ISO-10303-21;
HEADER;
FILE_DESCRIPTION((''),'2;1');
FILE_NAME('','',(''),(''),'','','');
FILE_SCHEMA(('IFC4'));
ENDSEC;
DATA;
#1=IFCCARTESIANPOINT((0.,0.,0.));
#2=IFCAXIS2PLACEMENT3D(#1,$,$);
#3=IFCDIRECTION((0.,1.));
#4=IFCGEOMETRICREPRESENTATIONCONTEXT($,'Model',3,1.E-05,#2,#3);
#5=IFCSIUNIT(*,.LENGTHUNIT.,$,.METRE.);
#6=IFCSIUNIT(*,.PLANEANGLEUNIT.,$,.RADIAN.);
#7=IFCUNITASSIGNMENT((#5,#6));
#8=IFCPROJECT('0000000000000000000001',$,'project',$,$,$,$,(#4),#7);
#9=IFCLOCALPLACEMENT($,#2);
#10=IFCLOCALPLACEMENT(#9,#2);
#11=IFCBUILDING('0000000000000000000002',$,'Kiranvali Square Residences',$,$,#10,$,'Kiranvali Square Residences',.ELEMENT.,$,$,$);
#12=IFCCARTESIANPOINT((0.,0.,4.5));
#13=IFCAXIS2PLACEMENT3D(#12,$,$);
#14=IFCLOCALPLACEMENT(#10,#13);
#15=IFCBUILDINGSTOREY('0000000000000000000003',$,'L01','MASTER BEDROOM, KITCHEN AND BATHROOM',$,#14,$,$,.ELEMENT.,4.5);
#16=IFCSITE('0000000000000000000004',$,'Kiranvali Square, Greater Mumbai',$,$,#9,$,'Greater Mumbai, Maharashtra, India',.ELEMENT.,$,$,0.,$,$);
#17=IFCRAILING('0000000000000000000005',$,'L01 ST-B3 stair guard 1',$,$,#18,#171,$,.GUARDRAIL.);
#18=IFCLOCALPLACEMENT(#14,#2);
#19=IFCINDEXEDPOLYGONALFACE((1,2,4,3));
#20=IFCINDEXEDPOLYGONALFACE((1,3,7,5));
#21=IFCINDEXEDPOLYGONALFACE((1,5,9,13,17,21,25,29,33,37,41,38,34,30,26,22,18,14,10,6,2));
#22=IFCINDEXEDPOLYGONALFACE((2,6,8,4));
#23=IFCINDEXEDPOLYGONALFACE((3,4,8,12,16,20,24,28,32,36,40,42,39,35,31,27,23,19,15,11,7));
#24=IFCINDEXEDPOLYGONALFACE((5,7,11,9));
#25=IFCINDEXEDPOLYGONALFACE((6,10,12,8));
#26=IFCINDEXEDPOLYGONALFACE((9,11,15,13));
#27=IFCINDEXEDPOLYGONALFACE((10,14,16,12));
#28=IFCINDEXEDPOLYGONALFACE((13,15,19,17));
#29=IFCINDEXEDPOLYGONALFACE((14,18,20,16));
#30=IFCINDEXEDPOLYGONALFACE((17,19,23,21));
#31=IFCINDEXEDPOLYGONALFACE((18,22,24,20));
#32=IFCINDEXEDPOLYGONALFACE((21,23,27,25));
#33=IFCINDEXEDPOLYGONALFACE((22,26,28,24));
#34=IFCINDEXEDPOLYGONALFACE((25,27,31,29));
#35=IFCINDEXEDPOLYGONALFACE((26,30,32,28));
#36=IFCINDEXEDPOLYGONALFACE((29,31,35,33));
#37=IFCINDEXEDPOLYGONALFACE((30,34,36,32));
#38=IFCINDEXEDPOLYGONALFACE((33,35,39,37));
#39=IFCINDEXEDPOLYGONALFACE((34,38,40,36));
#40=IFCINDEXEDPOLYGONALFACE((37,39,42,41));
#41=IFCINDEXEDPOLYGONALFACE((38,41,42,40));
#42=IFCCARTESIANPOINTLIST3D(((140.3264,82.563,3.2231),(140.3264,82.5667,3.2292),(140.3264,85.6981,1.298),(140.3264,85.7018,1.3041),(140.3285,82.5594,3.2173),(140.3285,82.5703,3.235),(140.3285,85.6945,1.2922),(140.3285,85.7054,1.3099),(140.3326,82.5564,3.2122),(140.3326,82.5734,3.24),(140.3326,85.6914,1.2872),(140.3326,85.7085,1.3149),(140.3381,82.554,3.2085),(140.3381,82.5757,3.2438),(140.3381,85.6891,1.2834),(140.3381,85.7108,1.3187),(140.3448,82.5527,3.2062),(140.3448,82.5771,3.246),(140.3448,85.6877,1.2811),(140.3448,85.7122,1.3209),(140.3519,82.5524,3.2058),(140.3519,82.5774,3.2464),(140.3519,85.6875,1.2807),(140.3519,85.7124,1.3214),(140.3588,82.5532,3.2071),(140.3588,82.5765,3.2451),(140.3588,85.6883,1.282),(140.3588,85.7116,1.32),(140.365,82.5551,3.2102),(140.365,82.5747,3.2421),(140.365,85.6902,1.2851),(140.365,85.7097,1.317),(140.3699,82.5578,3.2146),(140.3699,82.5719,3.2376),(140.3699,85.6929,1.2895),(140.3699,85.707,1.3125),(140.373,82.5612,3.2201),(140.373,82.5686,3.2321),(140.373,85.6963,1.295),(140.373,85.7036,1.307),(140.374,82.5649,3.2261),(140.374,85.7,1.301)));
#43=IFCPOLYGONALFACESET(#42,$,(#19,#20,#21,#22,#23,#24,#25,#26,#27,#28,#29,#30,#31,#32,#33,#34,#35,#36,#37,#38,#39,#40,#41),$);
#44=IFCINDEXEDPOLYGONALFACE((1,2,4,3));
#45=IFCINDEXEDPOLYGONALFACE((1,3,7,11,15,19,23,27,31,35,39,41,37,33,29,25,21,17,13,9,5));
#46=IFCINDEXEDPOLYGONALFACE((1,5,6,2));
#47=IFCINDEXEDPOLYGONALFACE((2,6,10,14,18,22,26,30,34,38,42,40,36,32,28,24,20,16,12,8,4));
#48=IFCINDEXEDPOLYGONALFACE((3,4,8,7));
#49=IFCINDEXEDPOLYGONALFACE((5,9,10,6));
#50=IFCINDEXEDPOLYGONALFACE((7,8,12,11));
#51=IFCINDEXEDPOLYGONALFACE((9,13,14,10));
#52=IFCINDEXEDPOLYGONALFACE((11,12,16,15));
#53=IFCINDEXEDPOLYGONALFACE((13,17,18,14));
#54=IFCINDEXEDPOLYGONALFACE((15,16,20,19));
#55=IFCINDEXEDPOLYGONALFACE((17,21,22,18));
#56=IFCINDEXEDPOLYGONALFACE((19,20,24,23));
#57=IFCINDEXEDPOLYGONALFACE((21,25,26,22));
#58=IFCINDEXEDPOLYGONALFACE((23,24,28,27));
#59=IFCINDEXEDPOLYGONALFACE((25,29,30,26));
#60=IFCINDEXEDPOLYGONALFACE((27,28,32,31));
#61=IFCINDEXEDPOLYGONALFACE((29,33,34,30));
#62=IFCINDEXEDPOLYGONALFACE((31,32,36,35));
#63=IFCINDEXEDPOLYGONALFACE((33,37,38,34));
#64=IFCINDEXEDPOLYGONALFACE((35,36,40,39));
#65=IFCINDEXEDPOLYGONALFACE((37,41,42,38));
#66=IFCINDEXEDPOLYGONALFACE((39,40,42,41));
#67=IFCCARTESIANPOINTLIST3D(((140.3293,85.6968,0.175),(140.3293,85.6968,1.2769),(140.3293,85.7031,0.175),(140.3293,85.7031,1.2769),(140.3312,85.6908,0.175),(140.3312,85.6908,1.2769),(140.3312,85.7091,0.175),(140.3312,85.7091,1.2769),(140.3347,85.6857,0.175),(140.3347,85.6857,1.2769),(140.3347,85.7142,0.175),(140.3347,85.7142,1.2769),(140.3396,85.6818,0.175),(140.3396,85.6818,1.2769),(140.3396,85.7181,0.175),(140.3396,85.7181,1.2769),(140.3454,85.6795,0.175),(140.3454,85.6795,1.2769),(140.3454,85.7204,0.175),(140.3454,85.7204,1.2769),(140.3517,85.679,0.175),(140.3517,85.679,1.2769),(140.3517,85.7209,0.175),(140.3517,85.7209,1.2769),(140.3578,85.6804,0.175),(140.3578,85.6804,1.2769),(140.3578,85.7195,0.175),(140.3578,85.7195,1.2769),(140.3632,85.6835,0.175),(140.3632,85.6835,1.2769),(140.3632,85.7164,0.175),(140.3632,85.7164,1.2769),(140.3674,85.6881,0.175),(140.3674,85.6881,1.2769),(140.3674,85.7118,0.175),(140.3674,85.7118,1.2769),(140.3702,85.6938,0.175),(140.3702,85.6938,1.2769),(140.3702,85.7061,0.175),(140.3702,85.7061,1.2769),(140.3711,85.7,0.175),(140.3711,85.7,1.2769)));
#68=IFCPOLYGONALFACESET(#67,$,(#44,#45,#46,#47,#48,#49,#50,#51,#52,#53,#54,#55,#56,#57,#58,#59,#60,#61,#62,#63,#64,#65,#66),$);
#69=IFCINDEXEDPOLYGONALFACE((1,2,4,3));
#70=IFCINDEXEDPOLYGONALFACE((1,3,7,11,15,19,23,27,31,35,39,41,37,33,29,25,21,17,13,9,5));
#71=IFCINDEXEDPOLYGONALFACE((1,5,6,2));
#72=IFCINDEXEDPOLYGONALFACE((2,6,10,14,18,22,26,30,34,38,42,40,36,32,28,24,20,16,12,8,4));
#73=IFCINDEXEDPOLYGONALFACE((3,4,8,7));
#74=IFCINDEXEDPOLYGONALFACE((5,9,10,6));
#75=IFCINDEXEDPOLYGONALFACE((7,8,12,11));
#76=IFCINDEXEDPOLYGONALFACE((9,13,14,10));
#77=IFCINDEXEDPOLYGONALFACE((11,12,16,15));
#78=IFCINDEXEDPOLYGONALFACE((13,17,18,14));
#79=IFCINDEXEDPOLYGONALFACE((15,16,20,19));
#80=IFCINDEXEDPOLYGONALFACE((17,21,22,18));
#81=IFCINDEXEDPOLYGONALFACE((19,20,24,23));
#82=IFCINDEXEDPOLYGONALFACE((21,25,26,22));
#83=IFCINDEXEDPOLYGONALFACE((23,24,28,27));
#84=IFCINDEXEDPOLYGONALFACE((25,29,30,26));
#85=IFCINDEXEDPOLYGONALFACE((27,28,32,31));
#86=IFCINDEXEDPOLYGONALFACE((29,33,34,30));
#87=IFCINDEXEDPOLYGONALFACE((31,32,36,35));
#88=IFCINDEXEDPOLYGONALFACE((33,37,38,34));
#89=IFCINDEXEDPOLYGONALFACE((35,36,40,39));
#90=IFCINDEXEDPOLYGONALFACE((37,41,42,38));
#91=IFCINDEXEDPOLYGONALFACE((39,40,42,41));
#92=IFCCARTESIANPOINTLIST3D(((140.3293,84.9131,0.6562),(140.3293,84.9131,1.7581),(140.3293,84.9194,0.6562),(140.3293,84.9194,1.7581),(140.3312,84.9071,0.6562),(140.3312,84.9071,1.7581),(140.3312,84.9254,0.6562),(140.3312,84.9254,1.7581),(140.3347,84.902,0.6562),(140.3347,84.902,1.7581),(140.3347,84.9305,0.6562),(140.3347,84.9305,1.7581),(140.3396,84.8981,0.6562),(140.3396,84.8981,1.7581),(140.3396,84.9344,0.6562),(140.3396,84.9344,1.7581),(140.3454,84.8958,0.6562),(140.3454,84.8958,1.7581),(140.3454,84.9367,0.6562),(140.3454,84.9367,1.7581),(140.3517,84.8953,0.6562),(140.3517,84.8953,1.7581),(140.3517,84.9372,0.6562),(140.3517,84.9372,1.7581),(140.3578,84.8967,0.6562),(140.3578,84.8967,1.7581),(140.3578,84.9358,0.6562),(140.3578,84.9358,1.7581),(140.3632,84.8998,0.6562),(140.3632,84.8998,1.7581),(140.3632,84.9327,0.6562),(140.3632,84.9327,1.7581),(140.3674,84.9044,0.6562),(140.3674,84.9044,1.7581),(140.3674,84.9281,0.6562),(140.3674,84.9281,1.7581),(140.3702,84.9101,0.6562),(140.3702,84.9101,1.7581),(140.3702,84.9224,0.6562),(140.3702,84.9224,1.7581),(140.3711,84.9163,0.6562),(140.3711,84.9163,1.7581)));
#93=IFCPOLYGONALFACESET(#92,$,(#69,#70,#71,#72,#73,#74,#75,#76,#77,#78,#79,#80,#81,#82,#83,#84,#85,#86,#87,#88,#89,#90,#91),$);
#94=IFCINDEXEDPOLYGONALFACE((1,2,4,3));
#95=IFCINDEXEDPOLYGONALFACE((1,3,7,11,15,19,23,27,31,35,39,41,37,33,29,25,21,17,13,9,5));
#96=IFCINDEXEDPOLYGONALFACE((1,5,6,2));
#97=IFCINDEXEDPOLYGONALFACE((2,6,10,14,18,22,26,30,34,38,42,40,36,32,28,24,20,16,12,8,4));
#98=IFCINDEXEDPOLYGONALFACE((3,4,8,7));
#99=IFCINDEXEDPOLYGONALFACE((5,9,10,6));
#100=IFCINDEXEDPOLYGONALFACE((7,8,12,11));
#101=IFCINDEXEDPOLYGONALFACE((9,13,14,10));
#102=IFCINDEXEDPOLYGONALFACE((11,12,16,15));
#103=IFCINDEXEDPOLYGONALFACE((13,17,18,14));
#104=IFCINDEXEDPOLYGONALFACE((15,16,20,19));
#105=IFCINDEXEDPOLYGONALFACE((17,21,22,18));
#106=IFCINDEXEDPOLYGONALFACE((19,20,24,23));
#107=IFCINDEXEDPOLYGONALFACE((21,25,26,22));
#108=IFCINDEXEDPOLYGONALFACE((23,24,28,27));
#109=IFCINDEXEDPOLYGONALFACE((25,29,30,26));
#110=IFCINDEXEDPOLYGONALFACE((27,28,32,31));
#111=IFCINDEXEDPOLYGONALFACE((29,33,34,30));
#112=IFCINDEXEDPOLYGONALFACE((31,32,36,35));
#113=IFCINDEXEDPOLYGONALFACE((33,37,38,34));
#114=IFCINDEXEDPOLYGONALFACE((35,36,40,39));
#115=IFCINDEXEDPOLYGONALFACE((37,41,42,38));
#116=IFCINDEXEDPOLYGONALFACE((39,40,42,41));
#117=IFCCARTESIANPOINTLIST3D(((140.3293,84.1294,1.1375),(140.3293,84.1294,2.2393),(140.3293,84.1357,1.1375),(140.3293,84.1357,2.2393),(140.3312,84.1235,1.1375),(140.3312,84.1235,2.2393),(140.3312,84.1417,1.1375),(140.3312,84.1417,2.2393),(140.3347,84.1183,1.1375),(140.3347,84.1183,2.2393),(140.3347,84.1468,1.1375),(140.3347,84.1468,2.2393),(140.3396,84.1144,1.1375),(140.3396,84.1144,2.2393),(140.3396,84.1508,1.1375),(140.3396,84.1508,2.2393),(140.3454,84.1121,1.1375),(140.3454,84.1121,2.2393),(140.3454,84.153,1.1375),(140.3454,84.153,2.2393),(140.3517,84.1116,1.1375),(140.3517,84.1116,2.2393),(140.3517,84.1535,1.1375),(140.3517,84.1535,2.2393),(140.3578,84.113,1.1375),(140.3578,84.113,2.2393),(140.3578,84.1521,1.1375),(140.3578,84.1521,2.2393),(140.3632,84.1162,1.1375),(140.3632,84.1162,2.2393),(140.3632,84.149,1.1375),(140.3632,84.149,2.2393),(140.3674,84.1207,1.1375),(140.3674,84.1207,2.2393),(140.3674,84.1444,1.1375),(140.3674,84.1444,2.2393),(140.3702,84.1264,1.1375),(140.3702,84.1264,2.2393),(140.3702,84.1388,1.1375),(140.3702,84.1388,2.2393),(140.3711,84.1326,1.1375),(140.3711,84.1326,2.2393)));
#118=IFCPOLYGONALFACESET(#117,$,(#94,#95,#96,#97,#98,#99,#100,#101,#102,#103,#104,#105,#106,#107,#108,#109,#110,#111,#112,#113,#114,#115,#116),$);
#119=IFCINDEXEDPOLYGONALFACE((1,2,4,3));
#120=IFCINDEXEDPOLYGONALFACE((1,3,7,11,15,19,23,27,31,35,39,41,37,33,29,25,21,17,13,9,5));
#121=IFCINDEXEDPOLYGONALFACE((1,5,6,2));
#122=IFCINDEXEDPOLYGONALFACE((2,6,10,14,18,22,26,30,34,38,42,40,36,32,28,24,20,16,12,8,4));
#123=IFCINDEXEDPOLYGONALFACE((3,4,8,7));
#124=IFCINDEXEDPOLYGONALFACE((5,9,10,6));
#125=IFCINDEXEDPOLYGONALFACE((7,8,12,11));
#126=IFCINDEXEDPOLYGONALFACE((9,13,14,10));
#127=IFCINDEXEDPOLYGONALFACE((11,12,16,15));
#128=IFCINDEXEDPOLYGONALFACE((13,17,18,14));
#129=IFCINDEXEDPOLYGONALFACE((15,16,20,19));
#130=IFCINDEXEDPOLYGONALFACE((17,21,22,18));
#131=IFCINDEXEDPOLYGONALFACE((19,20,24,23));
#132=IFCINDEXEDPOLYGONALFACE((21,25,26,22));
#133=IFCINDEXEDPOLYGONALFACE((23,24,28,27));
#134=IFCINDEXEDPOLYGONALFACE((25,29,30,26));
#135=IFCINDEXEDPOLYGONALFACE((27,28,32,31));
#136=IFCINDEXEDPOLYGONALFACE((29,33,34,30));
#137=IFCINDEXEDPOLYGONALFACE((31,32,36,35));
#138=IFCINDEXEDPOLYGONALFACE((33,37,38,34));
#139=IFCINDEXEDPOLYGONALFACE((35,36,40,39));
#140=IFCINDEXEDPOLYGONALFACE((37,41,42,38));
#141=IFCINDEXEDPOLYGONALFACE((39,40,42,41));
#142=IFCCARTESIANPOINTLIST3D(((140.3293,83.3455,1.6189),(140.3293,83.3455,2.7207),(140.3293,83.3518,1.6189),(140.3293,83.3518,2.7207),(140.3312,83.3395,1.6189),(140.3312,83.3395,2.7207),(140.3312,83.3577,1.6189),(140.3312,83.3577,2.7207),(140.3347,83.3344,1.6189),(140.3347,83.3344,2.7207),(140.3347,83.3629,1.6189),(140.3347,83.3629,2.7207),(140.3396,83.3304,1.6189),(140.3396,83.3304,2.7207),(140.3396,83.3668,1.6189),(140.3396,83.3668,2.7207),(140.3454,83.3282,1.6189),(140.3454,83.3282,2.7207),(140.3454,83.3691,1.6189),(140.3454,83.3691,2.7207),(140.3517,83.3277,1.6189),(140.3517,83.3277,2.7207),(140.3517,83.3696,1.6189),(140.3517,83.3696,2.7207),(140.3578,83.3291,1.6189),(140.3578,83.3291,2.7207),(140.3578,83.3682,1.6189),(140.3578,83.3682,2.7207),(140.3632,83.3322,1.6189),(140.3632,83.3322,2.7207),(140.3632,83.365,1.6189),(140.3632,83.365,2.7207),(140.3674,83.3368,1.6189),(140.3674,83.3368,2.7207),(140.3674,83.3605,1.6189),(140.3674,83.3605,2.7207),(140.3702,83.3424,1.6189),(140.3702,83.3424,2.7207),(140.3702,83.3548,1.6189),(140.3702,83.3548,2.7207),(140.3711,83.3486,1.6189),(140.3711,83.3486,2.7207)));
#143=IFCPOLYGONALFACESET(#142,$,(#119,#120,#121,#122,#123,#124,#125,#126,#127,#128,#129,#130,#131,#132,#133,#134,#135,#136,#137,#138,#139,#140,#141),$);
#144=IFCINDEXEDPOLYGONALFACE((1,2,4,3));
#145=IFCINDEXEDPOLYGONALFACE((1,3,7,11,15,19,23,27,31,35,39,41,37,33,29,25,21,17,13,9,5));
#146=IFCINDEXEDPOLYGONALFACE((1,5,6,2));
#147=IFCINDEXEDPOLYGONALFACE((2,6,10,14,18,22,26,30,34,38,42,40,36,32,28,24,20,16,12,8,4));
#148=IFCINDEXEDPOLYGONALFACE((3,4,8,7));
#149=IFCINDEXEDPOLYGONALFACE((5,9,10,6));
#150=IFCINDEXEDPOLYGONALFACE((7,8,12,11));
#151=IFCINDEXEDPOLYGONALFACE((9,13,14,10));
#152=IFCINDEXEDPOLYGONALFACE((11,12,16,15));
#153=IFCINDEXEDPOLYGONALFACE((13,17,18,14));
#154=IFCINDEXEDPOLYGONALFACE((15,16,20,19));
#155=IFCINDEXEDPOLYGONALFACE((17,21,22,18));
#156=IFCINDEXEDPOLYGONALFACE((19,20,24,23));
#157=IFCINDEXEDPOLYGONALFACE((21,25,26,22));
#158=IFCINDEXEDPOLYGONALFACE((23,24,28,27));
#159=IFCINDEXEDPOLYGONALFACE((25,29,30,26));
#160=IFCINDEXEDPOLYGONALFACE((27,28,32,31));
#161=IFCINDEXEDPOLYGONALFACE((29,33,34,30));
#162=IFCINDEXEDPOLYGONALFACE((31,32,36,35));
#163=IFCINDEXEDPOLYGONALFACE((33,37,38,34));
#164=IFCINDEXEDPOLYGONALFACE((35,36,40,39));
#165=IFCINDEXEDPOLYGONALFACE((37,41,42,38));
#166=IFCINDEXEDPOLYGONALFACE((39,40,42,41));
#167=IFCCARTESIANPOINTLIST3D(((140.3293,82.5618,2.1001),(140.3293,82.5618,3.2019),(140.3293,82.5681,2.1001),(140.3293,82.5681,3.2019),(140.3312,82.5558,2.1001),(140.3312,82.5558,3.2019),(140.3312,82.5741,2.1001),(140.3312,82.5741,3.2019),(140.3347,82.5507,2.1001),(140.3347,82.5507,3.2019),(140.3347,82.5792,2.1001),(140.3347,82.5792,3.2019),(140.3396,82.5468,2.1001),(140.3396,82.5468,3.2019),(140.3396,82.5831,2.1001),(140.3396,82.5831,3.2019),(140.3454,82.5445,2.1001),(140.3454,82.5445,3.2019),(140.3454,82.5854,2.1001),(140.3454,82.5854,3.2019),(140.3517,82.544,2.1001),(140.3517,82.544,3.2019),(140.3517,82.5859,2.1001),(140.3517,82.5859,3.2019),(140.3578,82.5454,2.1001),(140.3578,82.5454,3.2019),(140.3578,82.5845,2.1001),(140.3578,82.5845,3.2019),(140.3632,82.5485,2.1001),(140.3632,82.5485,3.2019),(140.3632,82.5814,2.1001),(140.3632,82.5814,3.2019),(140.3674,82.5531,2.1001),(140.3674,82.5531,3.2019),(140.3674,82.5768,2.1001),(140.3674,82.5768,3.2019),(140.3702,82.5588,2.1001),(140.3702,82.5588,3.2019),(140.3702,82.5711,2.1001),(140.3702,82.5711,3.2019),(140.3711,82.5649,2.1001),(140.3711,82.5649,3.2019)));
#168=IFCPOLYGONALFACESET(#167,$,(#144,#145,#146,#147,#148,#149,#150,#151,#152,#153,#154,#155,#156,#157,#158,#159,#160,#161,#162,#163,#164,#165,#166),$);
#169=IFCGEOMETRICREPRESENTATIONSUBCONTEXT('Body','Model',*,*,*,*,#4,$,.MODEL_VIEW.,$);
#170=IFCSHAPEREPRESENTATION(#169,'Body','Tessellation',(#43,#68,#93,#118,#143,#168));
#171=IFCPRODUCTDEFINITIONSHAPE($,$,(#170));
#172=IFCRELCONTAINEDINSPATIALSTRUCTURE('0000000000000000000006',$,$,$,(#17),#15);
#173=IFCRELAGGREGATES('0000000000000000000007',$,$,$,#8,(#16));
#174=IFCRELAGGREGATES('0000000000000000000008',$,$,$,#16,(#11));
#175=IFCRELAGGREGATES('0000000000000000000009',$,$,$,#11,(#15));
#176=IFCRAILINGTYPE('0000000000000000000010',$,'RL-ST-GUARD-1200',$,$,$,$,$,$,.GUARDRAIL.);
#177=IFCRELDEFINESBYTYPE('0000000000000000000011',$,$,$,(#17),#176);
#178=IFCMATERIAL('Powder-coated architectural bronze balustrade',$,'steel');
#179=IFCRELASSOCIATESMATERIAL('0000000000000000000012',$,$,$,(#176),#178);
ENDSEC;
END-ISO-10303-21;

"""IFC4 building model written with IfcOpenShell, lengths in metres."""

from ifc_helpers import new_model, si_unit, direction, frame, origin, origin_2d, place, context, subcontext, project, spatial, circle, extrude, material, type_object, element, save


model = new_model("IFC4")

# Units and contexts
model_context = context("Model", 3, precision=1e-05, world=origin(), true_north=direction((0.0, 1.0)))
body_context = subcontext(model_context, "Body", "Model", "MODEL_VIEW")
ifc_project = project(units=[si_unit("LENGTHUNIT", "METRE"), si_unit("PLANEANGLEUNIT", "RADIAN")], contexts=[model_context])

# Site, building, storey
site_placement = place(None, origin())
site = spatial("IfcSite", under=ifc_project, at=site_placement, Name="Kiranvali Square, Greater Mumbai", LongName="Greater Mumbai, Maharashtra, India", CompositionType="ELEMENT", RefElevation=0.0)
building_placement = place(site_placement, origin())
building = spatial("IfcBuilding", under=site, at=building_placement, Name="Kiranvali Square Residences", LongName="Kiranvali Square Residences", CompositionType="ELEMENT")
storey_placement = place(building_placement, frame((0.0, 0.0, 4.5)))
storey = spatial("IfcBuildingStorey", under=building, at=storey_placement, Name="L01", Description="MASTER BEDROOM, KITCHEN AND BATHROOM", CompositionType="ELEMENT", Elevation=4.5)

# Railing
ifc_material_1 = material(Name="Powder-coated architectural bronze balustrade", Category="steel")
railing_type_1 = type_object("IfcRailingType", Name="RL-ST-GUARD-1200", PredefinedType="GUARDRAIL", material=ifc_material_1)
railing_1_placement = place(storey_placement, frame((140.3501, 85.7, 0.175)))
element("IfcRailing", 1, at=railing_1_placement, inside=storey, type_object=railing_type_1, Name="L01 ST-B3 stair guard 1", PredefinedType="GUARDRAIL", context=body_context, shape_type="SweptSolid", body=[
    extrude(circle(Radius=0.0239, at=origin_2d()), frame((0.0, 0.0, 1.126), z_axis=(0.0, -0.852166, 0.523271), x_axis=(1.0, 0.0, 0.0)), (0.0, 0.0, 1.0), 3.679),
    extrude(circle(Radius=0.021, at=origin_2d()), origin(), (0.0, 0.0, 1.0), 1.1018),
    extrude(circle(Radius=0.021, at=origin_2d()), frame((0.0, -0.7837, 0.4812)), (0.0, 0.0, 1.0), 1.1018),
    extrude(circle(Radius=0.021, at=origin_2d()), frame((0.0, -1.5674, 0.9624)), (0.0, 0.0, 1.0), 1.1018),
    extrude(circle(Radius=0.021, at=origin_2d()), frame((0.0, -2.3513, 1.4438)), (0.0, 0.0, 1.0), 1.1018),
    extrude(circle(Radius=0.021, at=origin_2d()), frame((0.0, -3.135, 1.925)), (0.0, 0.0, 1.0), 1.1018),
])

save(model, "model.ifc")
